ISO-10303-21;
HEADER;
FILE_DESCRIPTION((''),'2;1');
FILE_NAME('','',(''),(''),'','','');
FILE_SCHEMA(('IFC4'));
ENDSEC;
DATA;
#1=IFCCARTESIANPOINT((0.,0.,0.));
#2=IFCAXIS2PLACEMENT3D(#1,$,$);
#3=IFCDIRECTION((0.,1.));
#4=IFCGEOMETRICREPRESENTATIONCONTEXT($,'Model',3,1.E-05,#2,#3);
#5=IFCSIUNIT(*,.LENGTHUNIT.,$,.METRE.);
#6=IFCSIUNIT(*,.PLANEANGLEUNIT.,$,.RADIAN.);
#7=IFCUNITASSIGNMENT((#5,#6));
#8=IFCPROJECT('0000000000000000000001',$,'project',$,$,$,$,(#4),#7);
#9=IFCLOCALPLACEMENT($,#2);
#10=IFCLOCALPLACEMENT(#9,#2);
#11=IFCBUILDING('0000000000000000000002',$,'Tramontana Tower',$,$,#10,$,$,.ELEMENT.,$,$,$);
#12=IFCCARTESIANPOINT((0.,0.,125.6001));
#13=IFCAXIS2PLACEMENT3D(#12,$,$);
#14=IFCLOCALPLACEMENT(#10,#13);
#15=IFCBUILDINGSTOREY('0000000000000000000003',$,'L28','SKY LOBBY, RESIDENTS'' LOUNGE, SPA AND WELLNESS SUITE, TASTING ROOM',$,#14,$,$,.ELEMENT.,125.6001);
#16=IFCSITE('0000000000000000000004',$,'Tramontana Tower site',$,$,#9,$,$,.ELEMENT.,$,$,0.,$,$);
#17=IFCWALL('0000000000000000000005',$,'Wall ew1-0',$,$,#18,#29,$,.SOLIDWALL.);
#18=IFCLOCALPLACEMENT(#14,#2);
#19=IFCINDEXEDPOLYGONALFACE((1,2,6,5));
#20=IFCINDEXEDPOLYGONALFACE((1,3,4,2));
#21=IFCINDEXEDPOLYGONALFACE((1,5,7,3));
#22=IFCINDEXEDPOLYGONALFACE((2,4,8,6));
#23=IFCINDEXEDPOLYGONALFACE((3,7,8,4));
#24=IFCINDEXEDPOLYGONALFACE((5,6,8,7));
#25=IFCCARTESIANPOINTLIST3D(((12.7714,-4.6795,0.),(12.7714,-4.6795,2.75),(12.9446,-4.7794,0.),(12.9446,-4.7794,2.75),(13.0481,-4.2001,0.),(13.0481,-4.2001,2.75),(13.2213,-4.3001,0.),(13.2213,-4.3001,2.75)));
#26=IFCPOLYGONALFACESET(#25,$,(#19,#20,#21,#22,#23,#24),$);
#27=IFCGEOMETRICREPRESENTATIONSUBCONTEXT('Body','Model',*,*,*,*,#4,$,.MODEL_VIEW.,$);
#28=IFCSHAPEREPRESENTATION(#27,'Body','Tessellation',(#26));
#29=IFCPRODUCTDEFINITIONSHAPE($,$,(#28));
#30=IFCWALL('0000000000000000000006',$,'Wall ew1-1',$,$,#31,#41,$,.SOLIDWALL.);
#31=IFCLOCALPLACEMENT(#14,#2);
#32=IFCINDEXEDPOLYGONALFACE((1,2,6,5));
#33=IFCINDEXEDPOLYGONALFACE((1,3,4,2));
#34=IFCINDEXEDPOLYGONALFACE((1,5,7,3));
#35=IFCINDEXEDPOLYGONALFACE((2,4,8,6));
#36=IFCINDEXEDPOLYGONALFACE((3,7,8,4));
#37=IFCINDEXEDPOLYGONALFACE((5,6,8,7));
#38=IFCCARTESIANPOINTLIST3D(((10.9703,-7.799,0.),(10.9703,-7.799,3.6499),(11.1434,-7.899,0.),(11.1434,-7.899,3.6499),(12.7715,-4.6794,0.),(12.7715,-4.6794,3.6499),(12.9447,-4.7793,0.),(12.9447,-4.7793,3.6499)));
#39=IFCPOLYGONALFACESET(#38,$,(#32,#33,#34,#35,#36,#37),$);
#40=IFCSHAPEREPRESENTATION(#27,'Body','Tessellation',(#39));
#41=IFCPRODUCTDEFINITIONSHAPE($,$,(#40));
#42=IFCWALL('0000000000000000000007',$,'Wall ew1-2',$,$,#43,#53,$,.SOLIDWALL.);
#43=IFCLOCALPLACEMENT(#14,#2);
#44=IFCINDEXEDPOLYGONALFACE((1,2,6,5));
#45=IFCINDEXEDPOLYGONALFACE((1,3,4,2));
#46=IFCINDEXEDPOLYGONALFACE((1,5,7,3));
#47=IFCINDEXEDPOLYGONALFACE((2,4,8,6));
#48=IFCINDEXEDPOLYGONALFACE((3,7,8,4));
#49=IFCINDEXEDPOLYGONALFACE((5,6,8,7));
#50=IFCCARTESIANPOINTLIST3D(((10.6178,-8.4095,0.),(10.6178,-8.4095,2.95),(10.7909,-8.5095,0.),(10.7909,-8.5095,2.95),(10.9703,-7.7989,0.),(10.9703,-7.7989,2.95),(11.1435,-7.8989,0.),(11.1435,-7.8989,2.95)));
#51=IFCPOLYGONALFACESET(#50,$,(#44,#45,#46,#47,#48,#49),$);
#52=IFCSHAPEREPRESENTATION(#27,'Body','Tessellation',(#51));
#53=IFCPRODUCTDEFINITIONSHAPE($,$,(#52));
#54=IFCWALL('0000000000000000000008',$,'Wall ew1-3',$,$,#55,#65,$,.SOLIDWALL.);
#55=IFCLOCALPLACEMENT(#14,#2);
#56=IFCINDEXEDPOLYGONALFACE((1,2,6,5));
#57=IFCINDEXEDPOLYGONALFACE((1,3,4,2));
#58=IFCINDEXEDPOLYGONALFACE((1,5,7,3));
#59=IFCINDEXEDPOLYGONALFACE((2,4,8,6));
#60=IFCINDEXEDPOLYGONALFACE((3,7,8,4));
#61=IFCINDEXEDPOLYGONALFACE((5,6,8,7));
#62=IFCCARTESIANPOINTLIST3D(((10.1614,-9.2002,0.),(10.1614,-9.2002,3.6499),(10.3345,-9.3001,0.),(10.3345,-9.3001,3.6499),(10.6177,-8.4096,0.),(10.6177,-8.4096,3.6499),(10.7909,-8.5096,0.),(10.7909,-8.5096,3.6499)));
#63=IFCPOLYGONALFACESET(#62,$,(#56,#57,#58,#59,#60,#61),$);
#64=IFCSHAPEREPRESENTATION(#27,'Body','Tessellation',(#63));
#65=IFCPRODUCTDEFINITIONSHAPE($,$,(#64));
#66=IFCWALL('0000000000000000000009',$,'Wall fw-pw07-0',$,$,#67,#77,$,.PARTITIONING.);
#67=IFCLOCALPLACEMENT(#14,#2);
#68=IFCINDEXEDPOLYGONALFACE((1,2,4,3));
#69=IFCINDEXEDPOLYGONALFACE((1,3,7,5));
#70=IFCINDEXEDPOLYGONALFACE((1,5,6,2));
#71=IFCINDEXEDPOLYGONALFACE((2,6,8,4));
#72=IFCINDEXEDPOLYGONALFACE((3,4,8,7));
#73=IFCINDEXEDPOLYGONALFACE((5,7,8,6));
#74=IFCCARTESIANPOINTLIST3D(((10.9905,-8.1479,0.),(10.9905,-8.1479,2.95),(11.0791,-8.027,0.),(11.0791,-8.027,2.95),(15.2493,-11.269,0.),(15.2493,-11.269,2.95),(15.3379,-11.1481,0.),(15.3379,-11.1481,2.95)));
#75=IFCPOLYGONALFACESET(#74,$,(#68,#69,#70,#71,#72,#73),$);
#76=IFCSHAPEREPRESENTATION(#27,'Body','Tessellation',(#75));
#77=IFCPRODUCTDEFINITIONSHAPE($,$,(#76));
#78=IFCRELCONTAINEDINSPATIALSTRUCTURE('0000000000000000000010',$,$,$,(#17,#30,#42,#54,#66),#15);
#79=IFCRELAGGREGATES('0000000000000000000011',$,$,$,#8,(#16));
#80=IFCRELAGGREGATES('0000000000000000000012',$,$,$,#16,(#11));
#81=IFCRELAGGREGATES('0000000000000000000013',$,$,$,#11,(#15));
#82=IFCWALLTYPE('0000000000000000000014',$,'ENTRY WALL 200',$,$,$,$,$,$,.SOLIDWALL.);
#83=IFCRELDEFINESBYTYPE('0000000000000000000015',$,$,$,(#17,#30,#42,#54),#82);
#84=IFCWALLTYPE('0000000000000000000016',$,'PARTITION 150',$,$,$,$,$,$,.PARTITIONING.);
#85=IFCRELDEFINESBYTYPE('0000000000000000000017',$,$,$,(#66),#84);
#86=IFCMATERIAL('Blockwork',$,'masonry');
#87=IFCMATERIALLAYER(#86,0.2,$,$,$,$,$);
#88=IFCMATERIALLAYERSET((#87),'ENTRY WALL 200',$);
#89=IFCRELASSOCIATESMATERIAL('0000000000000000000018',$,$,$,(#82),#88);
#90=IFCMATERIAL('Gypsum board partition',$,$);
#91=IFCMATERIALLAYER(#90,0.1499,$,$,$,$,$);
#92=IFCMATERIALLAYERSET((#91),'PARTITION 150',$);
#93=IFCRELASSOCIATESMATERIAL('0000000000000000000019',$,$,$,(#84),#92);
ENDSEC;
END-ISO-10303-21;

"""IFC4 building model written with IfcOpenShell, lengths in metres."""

from ifc_helpers import new_model, si_unit, direction, frame, frame_2d, origin, place, context, subcontext, project, spatial, rectangle, extrude, material, layer, layer_set, type_object, element, save


model = new_model("IFC4")

# Units and contexts
model_context = context("Model", 3, precision=1e-05, world=origin(), true_north=direction((0.0, 1.0)))
body_context = subcontext(model_context, "Body", "Model", "MODEL_VIEW")
ifc_project = project(units=[si_unit("LENGTHUNIT", "METRE"), si_unit("PLANEANGLEUNIT", "RADIAN")], contexts=[model_context])

# Site, building, storey
site_placement = place(None, origin())
site = spatial("IfcSite", under=ifc_project, at=site_placement, Name="Tramontana Tower site", CompositionType="ELEMENT", RefElevation=0.0)
building_placement = place(site_placement, origin())
building = spatial("IfcBuilding", under=site, at=building_placement, Name="Tramontana Tower", CompositionType="ELEMENT")
storey_placement = place(building_placement, frame((0.0, 0.0, 125.6001)))
storey = spatial("IfcBuildingStorey", under=building, at=storey_placement, Name="L28", Description="SKY LOBBY, RESIDENTS' LOUNGE, SPA AND WELLNESS SUITE, TASTING ROOM", CompositionType="ELEMENT", Elevation=125.6001)

# Shared definitions
ifc_material_1 = material(Name="Blockwork", Category="masonry")
ifc_layer_1 = layer(ifc_material_1, 0.2)
ifc_layer_set_1 = layer_set([ifc_layer_1], Name="ENTRY WALL 200")
wall_type_1 = type_object("IfcWallType", Name="ENTRY WALL 200", PredefinedType="SOLIDWALL", material=ifc_layer_set_1)

# Walls
wall_1_placement = place(storey_placement, frame((13.1348, -4.25, 0.0), z_axis=(0.0, 0.0, 1.0), x_axis=(-0.499888, -0.86609, 0.0)))
element("IfcWall", 1, at=wall_1_placement, inside=storey, type_object=wall_type_1, Name="Wall ew1-0", PredefinedType="SOLIDWALL", context=body_context, shape_type="SweptSolid", body=[
    extrude(rectangle(XDim=0.5535, YDim=0.2, at=frame_2d((0.2769, 0.0))), origin(), (0.0, 0.0, 1.0), 2.75),
])
wall_2_placement = place(storey_placement, frame((12.8582, -4.7292, 0.0), z_axis=(0.0, 0.0, 1.0), x_axis=(-0.500031, -0.866007, 0.0)))
element("IfcWall", 2, at=wall_2_placement, inside=storey, type_object=wall_type_1, Name="Wall ew1-1", PredefinedType="SOLIDWALL", context=body_context, shape_type="SweptSolid", body=[
    extrude(rectangle(XDim=3.6023, YDim=0.2, at=frame_2d((1.8013, 0.0))), origin(), (0.0, 0.0, 1.0), 3.6499),
])
wall_3_placement = place(storey_placement, frame((11.0569, -7.8489, 0.0), z_axis=(0.0, 0.0, 1.0), x_axis=(-0.500012, -0.866018, 0.0)))
element("IfcWall", 3, at=wall_3_placement, inside=storey, type_object=wall_type_1, Name="Wall ew1-2", PredefinedType="SOLIDWALL", context=body_context, shape_type="SweptSolid", body=[
    extrude(rectangle(XDim=0.7051, YDim=0.2, at=frame_2d((0.3525, 0.0))), origin(), (0.0, 0.0, 1.0), 2.95),
])
wall_4_placement = place(storey_placement, frame((10.7043, -8.4595, 0.0), z_axis=(0.0, 0.0, 1.0), x_axis=(-0.499908, -0.866079, 0.0)))
element("IfcWall", 4, at=wall_4_placement, inside=storey, type_object=wall_type_1, Name="Wall ew1-3", PredefinedType="SOLIDWALL", context=body_context, shape_type="SweptSolid", body=[
    extrude(rectangle(XDim=0.9128, YDim=0.2, at=frame_2d((0.4565, 0.0))), origin(), (0.0, 0.0, 1.0), 3.6499),
])

# Wall
ifc_material_2 = material(Name="Gypsum board partition")
ifc_layer_2 = layer(ifc_material_2, 0.1499)
ifc_layer_set_2 = layer_set([ifc_layer_2], Name="PARTITION 150")
wall_type_2 = type_object("IfcWallType", Name="PARTITION 150", PredefinedType="PARTITIONING", material=ifc_layer_set_2)
wall_5_placement = place(storey_placement, frame((11.0347, -8.0874, 0.0), z_axis=(0.0, 0.0, 1.0), x_axis=(0.806587, -0.591115, 0.0)))
element("IfcWall", 5, at=wall_5_placement, inside=storey, type_object=wall_type_2, Name="Wall fw-pw07-0", PredefinedType="PARTITIONING", context=body_context, shape_type="SweptSolid", body=[
    extrude(rectangle(XDim=5.28, YDim=0.1499, at=frame_2d((2.6401, 0.0))), origin(), (0.0, 0.0, 1.0), 2.95),
])

save(model, "model.ifc")
